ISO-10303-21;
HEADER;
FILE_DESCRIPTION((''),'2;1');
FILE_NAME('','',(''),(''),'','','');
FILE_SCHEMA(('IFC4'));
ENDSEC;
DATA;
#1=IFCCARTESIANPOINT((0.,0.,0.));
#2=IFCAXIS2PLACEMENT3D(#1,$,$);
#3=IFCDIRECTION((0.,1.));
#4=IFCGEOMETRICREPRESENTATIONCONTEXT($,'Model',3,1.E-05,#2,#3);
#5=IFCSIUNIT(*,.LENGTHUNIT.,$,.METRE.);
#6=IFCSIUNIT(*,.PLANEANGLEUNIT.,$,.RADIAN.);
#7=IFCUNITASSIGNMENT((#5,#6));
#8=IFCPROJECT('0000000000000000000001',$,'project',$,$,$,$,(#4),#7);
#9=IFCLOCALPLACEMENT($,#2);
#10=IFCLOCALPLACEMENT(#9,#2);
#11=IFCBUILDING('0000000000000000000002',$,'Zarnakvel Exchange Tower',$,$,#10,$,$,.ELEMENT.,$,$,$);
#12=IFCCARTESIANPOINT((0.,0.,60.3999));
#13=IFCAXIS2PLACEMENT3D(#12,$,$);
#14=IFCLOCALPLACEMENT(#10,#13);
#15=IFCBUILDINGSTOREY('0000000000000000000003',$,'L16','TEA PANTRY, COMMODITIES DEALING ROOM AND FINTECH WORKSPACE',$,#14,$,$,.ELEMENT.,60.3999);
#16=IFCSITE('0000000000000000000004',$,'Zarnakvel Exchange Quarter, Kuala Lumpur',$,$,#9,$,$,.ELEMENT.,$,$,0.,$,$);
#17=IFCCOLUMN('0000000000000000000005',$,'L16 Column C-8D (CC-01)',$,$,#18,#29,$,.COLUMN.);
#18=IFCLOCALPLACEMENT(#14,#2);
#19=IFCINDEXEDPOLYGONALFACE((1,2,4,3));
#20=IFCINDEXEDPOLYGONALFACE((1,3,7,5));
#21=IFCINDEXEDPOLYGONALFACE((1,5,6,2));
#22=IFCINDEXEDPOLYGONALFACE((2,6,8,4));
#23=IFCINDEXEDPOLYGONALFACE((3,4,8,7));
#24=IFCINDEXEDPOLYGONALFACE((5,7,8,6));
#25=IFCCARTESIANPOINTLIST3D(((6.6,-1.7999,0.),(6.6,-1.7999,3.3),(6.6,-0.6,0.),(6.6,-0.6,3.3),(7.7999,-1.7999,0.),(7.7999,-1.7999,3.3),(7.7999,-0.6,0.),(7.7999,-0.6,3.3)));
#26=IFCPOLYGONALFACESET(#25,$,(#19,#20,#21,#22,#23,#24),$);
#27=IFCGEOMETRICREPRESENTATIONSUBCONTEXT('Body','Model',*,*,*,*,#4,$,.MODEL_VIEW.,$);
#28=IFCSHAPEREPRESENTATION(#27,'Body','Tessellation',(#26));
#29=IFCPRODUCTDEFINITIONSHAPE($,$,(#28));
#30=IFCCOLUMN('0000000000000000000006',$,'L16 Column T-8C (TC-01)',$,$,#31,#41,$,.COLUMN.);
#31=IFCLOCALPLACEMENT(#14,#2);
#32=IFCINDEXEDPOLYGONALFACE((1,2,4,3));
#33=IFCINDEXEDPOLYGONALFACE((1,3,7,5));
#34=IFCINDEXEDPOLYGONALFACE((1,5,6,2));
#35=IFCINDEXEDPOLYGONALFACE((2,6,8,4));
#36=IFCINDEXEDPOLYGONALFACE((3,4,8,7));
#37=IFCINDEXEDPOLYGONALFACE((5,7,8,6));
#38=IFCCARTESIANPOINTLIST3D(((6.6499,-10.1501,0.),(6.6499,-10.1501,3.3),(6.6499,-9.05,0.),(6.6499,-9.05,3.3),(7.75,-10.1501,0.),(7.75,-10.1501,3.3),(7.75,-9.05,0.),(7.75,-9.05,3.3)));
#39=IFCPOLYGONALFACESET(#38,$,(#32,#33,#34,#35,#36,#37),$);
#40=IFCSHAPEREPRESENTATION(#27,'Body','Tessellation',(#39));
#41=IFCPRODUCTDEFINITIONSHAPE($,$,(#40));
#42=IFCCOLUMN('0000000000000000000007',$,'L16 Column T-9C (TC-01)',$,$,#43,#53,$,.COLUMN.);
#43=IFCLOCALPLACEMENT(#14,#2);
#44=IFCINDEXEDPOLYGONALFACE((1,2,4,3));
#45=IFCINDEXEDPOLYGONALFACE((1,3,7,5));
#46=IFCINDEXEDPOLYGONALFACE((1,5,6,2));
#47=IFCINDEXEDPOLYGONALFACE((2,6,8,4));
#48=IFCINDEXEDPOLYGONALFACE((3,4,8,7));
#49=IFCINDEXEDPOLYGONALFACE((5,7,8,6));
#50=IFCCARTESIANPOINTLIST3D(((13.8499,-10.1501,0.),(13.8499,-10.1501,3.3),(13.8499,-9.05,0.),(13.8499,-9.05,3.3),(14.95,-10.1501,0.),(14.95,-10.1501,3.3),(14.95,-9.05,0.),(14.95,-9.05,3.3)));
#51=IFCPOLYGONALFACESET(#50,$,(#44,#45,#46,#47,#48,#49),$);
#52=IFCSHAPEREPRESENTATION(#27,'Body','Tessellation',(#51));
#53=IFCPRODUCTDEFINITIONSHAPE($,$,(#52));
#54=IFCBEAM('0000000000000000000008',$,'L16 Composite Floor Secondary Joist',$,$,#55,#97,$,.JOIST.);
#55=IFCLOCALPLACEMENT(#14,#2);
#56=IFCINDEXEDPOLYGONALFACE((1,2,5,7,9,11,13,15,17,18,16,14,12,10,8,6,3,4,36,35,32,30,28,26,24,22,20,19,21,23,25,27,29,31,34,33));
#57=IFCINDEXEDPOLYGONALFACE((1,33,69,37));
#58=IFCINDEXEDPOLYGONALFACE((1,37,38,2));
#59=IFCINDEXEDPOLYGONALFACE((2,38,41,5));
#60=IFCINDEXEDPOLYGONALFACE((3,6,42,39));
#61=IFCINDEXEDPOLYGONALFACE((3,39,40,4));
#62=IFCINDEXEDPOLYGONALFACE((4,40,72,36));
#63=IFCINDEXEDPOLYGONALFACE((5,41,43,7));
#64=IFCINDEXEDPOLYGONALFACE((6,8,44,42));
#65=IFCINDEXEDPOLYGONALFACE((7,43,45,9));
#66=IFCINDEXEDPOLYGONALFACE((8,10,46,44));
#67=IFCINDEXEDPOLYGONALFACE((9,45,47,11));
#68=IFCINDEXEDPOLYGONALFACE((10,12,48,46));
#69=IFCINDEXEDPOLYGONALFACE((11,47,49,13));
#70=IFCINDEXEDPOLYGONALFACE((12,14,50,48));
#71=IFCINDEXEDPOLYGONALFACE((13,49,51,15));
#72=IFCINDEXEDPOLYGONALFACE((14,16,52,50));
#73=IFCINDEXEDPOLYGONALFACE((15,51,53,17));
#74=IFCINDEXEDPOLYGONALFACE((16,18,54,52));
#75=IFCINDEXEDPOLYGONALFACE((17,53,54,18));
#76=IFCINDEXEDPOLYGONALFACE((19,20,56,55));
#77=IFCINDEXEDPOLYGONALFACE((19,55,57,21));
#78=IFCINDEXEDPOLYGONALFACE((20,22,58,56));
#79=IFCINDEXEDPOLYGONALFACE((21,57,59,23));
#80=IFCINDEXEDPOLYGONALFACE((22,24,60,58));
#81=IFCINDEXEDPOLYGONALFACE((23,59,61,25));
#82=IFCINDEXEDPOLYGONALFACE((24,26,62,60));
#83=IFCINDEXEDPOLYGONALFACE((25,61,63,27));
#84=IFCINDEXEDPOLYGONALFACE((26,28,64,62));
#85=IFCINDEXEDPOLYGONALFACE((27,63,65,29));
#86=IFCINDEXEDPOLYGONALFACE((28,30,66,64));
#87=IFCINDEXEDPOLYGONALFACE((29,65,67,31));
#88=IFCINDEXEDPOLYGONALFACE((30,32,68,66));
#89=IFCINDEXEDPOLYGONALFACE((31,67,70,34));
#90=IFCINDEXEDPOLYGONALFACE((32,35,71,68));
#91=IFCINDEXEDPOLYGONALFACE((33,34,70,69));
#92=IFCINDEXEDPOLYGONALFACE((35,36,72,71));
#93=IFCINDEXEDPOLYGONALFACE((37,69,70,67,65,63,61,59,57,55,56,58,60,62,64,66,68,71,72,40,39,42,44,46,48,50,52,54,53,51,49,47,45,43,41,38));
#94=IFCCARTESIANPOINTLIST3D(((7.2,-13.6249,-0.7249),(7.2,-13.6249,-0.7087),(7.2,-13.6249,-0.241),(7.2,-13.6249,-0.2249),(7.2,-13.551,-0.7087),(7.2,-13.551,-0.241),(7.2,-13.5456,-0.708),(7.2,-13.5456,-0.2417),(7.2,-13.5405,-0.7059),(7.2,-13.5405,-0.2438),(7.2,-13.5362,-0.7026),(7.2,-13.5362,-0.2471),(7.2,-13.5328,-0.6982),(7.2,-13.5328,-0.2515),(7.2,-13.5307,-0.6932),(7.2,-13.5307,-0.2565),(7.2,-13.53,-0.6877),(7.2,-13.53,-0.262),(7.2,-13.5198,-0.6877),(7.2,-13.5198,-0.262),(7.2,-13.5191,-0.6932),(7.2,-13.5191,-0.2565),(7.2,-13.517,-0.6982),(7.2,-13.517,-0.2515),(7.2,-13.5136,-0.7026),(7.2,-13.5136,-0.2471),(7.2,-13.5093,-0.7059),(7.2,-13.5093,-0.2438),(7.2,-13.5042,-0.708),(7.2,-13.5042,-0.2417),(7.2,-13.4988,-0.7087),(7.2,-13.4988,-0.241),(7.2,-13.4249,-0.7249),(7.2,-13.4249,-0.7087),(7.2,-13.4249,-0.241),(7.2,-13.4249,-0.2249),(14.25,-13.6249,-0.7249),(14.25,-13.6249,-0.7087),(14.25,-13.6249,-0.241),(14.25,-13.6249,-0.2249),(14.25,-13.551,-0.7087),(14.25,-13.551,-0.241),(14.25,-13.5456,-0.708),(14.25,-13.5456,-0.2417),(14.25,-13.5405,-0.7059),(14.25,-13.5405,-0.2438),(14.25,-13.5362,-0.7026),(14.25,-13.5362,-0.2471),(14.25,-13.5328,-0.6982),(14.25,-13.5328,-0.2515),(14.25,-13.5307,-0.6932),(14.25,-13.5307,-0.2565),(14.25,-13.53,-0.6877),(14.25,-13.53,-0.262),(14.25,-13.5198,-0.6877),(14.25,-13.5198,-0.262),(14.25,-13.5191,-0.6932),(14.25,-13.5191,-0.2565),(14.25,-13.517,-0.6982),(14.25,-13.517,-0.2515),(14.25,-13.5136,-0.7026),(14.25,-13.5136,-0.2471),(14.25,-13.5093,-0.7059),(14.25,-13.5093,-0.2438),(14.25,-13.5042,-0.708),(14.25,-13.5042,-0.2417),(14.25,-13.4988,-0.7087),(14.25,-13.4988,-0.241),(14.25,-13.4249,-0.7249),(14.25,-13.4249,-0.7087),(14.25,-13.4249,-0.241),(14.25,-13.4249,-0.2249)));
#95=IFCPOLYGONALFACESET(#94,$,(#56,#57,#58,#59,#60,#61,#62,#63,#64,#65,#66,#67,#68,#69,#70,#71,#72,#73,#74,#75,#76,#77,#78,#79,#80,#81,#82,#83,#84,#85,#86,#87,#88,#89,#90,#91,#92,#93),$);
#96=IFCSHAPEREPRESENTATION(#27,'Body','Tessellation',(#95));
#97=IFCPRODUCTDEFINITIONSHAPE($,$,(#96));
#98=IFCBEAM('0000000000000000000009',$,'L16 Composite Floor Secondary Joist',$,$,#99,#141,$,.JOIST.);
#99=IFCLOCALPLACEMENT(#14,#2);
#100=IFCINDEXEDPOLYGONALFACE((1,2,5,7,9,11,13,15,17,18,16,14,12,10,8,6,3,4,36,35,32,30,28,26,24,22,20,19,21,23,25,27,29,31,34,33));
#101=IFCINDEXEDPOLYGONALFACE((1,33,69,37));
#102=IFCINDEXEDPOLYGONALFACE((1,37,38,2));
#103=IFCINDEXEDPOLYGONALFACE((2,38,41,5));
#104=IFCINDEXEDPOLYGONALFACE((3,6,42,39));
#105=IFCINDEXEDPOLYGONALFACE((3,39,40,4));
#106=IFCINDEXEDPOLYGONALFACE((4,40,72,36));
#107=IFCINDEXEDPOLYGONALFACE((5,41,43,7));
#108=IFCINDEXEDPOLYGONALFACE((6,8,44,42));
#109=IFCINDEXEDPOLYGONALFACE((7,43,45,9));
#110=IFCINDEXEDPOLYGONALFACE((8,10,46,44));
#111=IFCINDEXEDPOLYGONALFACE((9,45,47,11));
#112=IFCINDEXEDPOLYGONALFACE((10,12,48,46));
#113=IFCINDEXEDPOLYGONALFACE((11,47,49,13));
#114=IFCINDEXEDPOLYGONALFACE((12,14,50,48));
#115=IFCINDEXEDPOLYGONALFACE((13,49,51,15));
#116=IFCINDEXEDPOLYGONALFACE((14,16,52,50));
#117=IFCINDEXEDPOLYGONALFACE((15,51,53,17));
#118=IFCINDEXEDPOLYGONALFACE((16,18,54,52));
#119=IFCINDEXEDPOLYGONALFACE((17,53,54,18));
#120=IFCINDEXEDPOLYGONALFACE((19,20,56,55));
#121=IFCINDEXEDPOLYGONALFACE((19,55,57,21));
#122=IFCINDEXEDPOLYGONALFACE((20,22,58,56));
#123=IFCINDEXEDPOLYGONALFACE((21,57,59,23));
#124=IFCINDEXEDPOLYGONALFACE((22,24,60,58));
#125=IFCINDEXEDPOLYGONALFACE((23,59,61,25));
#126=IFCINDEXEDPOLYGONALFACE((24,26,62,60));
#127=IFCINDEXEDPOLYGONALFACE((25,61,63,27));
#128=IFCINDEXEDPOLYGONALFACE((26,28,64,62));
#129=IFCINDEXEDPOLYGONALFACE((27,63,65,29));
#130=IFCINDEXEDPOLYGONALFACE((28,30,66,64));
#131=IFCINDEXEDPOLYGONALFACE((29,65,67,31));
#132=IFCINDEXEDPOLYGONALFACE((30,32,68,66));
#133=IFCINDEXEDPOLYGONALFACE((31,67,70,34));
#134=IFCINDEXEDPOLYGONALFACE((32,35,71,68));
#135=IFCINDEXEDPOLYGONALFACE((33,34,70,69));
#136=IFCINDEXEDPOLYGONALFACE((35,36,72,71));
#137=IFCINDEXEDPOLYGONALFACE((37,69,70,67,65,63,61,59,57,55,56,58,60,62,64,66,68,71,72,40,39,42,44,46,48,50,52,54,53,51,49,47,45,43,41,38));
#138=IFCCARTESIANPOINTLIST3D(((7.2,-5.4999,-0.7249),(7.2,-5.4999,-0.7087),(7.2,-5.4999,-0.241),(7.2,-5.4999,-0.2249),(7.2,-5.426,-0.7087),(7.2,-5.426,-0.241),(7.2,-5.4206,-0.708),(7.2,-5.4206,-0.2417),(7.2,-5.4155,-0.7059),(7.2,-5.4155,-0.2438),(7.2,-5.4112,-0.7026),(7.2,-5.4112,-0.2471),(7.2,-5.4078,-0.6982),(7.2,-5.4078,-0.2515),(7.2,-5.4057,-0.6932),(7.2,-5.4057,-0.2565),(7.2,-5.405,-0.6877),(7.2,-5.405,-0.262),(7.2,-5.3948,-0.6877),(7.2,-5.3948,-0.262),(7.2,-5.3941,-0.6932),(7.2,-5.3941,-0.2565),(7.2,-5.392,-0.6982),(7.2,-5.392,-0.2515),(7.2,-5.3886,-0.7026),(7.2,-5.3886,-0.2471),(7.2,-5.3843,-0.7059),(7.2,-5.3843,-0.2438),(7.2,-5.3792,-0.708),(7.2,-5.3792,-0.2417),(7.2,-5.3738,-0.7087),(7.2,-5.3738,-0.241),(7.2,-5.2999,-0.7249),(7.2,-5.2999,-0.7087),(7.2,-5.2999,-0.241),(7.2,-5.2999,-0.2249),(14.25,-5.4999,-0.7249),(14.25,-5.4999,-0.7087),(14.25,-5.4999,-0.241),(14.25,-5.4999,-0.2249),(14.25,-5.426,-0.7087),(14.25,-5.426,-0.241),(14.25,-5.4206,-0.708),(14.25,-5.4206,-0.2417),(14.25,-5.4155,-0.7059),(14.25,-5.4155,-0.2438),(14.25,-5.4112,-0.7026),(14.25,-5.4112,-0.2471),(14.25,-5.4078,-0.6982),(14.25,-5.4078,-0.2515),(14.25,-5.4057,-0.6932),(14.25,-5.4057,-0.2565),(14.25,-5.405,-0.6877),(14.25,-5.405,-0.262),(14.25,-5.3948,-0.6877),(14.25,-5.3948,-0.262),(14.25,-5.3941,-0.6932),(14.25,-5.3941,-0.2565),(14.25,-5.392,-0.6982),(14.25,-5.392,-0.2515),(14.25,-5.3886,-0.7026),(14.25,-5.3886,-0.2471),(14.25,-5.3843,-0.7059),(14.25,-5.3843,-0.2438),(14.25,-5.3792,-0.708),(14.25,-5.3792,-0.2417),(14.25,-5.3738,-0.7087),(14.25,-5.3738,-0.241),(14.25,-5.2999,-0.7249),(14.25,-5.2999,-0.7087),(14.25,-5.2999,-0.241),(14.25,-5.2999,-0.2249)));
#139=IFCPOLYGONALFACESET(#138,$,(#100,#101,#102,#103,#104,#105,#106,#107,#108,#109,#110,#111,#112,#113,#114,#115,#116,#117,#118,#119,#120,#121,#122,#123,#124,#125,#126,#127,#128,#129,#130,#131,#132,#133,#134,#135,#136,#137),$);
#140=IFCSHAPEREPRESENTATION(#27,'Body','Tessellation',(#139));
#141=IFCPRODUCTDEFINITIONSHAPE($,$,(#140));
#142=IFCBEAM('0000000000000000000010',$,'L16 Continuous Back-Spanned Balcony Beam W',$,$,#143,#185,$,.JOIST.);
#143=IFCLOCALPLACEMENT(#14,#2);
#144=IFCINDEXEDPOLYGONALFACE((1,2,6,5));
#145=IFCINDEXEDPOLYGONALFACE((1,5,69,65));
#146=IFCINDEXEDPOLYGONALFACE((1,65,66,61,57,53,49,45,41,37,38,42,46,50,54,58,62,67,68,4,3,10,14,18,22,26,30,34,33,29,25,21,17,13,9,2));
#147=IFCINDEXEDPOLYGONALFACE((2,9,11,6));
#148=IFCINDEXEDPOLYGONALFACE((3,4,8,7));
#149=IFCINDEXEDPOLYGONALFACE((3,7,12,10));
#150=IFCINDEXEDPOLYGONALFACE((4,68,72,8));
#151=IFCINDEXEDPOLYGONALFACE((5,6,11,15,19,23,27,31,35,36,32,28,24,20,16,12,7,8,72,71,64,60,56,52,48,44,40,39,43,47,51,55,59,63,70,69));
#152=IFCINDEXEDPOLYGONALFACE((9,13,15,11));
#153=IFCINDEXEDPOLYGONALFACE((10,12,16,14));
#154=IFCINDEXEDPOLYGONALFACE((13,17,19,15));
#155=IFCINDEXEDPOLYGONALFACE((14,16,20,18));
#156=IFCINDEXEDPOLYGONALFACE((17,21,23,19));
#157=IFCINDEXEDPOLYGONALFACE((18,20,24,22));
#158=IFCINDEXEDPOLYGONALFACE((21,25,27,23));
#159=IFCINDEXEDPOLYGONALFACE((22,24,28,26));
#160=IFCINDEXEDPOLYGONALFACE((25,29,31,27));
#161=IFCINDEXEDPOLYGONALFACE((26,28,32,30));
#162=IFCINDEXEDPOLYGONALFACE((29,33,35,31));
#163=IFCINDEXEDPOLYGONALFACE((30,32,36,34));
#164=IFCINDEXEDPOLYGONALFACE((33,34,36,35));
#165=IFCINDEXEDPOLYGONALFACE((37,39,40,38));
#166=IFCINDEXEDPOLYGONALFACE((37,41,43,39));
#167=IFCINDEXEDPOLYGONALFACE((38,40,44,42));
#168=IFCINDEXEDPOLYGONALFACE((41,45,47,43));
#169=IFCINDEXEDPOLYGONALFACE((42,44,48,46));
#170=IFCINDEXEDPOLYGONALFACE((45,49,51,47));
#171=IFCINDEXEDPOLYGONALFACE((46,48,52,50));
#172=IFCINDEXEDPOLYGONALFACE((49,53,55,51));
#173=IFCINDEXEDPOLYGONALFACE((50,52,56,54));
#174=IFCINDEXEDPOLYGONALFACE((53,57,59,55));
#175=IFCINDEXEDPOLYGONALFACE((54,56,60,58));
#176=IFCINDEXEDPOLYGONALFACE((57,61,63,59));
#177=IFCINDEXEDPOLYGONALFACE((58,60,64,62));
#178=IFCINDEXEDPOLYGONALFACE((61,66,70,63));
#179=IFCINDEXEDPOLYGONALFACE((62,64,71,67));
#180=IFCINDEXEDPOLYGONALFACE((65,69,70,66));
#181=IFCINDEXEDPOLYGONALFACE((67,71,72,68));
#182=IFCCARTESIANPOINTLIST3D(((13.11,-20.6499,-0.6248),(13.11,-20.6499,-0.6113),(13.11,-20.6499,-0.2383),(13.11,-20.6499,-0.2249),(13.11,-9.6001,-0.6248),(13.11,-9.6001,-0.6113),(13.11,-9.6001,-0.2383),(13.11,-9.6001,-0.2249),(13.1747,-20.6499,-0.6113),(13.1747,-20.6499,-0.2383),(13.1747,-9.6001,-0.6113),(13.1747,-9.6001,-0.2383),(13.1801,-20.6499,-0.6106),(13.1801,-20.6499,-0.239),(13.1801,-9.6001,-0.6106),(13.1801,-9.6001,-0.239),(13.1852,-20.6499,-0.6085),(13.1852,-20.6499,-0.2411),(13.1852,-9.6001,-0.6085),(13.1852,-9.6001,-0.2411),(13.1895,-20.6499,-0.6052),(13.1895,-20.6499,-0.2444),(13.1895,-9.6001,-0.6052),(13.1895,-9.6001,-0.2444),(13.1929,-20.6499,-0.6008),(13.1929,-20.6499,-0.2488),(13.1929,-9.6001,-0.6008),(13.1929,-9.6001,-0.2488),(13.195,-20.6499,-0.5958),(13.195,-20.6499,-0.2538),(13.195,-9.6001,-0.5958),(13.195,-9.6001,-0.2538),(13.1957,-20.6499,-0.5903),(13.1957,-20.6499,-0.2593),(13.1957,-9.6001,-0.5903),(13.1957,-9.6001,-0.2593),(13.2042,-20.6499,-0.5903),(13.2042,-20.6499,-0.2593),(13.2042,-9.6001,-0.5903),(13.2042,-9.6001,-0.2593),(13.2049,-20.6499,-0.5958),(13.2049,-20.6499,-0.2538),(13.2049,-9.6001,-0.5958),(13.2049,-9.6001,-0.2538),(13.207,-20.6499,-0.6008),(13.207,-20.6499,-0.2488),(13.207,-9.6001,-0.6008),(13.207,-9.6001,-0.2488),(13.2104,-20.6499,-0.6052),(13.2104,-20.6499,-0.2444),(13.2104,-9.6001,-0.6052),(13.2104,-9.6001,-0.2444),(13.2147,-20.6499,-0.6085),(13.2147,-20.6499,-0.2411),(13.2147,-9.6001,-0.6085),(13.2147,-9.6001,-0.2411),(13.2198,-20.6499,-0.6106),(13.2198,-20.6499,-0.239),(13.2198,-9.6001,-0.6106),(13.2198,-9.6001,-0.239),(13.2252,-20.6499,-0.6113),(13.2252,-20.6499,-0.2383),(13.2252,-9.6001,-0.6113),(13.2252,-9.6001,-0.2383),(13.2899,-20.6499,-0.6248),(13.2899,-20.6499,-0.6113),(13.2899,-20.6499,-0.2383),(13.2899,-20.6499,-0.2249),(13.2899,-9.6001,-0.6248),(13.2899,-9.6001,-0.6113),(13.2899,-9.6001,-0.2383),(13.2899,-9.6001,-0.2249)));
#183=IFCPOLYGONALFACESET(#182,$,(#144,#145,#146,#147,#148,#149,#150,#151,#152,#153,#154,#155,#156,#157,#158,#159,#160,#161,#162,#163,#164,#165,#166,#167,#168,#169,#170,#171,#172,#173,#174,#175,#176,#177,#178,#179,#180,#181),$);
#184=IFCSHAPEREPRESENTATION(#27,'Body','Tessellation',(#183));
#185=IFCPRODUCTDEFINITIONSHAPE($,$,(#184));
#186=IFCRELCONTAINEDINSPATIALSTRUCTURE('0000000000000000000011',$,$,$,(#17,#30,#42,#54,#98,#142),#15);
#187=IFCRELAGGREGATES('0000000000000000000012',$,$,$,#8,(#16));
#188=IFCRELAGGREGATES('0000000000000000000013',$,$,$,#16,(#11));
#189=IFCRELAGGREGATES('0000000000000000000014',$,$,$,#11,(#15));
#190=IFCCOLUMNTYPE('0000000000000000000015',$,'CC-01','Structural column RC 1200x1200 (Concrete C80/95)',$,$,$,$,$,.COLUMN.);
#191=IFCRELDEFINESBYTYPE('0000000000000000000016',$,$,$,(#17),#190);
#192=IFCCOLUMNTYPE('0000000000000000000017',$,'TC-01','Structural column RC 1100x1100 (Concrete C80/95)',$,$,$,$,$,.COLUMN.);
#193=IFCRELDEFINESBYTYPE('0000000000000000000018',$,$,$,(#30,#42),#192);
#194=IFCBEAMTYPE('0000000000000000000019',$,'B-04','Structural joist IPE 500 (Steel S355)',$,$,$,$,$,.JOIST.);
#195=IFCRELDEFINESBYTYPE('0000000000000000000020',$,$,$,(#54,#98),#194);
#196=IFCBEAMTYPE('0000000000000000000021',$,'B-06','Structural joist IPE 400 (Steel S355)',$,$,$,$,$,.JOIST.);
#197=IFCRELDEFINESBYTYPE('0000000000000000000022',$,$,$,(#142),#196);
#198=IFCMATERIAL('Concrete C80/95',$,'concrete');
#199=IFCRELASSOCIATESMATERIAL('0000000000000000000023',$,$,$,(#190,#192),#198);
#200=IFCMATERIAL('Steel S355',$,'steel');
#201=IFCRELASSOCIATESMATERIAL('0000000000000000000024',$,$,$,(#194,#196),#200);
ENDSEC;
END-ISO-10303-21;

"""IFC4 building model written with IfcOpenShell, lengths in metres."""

from ifc_helpers import new_model, si_unit, direction, frame, origin, origin_2d, place, context, subcontext, project, spatial, rectangle, i_section, extrude, material, material_profile, profile_set, type_object, element, save


model = new_model("IFC4")

# Units and contexts
model_context = context("Model", 3, precision=1e-05, world=origin(), true_north=direction((0.0, 1.0)))
body_context = subcontext(model_context, "Body", "Model", "MODEL_VIEW")
ifc_project = project(units=[si_unit("LENGTHUNIT", "METRE"), si_unit("PLANEANGLEUNIT", "RADIAN")], contexts=[model_context])

# Site, building, storey
site_placement = place(None, origin())
site = spatial("IfcSite", under=ifc_project, at=site_placement, Name="Zarnakvel Exchange Quarter, Kuala Lumpur", CompositionType="ELEMENT", RefElevation=0.0)
building_placement = place(site_placement, origin())
building = spatial("IfcBuilding", under=site, at=building_placement, Name="Zarnakvel Exchange Tower", CompositionType="ELEMENT")
storey_placement = place(building_placement, frame((0.0, 0.0, 60.3999)))
storey = spatial("IfcBuildingStorey", under=building, at=storey_placement, Name="L16", Description="TEA PANTRY, COMMODITIES DEALING ROOM AND FINTECH WORKSPACE", CompositionType="ELEMENT", Elevation=60.3999)

# Columns
ifc_material_1 = material(Name="Concrete C80/95", Category="concrete")
ifc_material_profile_1 = material_profile(ifc_material_1, rectangle(XDim=1.2, YDim=1.2, at=origin_2d()))
ifc_profile_set_1 = profile_set([ifc_material_profile_1], Name="Concrete C80/95")
column_type_1 = type_object("IfcColumnType", Name="CC-01", Description="Structural column RC 1200x1200 (Concrete C80/95)", PredefinedType="COLUMN", material=ifc_profile_set_1)
column_placement = place(storey_placement, frame((7.2, -1.2, 0.0), z_axis=(0.0, 0.0, 1.0), x_axis=(1.0, 0.0, 0.0)))
element("IfcColumn", 1, at=column_placement, inside=storey, type_object=column_type_1, Name="L16 Column C-8D (CC-01)", PredefinedType="COLUMN", context=body_context, shape_type="SweptSolid", body=[
    extrude(rectangle(XDim=1.2, YDim=1.2, at=origin_2d()), origin(), (0.0, 0.0, 1.0), 3.3),
])
ifc_material_profile_2 = material_profile(ifc_material_1, rectangle(XDim=1.1001, YDim=1.1001, at=origin_2d()))
ifc_profile_set_2 = profile_set([ifc_material_profile_2], Name="Concrete C80/95")
column_type_2 = type_object("IfcColumnType", Name="TC-01", Description="Structural column RC 1100x1100 (Concrete C80/95)", PredefinedType="COLUMN", material=ifc_profile_set_2)
for number, where, z_axis, x_axis, name in (
    (2, (7.2, -9.6001, 0.0), (0.0, 0.0, 1.0), (1.0, 0.0, 0.0), "L16 Column T-8C (TC-01)"),
    (3, (14.3999, -9.6001, 0.0), (0.0, 0.0, 1.0), (1.0, 0.0, 0.0), "L16 Column T-9C (TC-01)"),
):
    element("IfcColumn", number, at=place(storey_placement, frame(where, z_axis=z_axis, x_axis=x_axis)), inside=storey, type_object=column_type_2, Name=name, PredefinedType="COLUMN", context=body_context, shape_type="SweptSolid", body=[
        extrude(rectangle(XDim=1.1001, YDim=1.1001, at=origin_2d()), origin(), (0.0, 0.0, 1.0), 3.3),
    ])

# Beams
ifc_material_2 = material(Name="Steel S355", Category="steel")
ifc_material_profile_3 = material_profile(ifc_material_2, i_section(OverallWidth=0.2, OverallDepth=0.5, WebThickness=0.0103, FlangeThickness=0.0161, FilletRadius=0.021, at=origin_2d()))
ifc_profile_set_3 = profile_set([ifc_material_profile_3], Name="Steel S355")
beam_type_1 = type_object("IfcBeamType", Name="B-04", Description="Structural joist IPE 500 (Steel S355)", PredefinedType="JOIST", material=ifc_profile_set_3)
for number, where, z_axis, x_axis, name in (
    (4, (7.2, -13.5249, -0.4749), (1.0, 0.0, 0.0), (0.0, 1.0, 0.0), "L16 Composite Floor Secondary Joist"),
    (5, (7.2, -5.3999, -0.4749), (1.0, 0.0, 0.0), (0.0, 1.0, 0.0), "L16 Composite Floor Secondary Joist"),
):
    element("IfcBeam", number, at=place(storey_placement, frame(where, z_axis=z_axis, x_axis=x_axis)), inside=storey, type_object=beam_type_1, Name=name, PredefinedType="JOIST", context=body_context, shape_type="SweptSolid", body=[
        extrude(i_section(OverallWidth=0.2, OverallDepth=0.5, WebThickness=0.0103, FlangeThickness=0.0161, FilletRadius=0.021, at=origin_2d()), origin(), (0.0, 0.0, 1.0), 7.05),
    ])
ifc_material_profile_4 = material_profile(ifc_material_2, i_section(OverallWidth=0.1799, OverallDepth=0.3999, WebThickness=0.0085, FlangeThickness=0.0134, FilletRadius=0.021, at=origin_2d()))
ifc_profile_set_4 = profile_set([ifc_material_profile_4], Name="Steel S355")
beam_type_2 = type_object("IfcBeamType", Name="B-06", Description="Structural joist IPE 400 (Steel S355)", PredefinedType="JOIST", material=ifc_profile_set_4)
beam_1_placement = place(storey_placement, frame((13.2, -9.6001, -0.4248), z_axis=(0.0, -1.0, 0.0), x_axis=(1.0, 0.0, 0.0)))
element("IfcBeam", 6, at=beam_1_placement, inside=storey, type_object=beam_type_2, Name="L16 Continuous Back-Spanned Balcony Beam W", PredefinedType="JOIST", context=body_context, shape_type="SweptSolid", body=[
    extrude(i_section(OverallWidth=0.1799, OverallDepth=0.3999, WebThickness=0.0085, FlangeThickness=0.0134, FilletRadius=0.021, at=origin_2d()), origin(), (0.0, 0.0, 1.0), 11.0498),
])

save(model, "model.ifc")
